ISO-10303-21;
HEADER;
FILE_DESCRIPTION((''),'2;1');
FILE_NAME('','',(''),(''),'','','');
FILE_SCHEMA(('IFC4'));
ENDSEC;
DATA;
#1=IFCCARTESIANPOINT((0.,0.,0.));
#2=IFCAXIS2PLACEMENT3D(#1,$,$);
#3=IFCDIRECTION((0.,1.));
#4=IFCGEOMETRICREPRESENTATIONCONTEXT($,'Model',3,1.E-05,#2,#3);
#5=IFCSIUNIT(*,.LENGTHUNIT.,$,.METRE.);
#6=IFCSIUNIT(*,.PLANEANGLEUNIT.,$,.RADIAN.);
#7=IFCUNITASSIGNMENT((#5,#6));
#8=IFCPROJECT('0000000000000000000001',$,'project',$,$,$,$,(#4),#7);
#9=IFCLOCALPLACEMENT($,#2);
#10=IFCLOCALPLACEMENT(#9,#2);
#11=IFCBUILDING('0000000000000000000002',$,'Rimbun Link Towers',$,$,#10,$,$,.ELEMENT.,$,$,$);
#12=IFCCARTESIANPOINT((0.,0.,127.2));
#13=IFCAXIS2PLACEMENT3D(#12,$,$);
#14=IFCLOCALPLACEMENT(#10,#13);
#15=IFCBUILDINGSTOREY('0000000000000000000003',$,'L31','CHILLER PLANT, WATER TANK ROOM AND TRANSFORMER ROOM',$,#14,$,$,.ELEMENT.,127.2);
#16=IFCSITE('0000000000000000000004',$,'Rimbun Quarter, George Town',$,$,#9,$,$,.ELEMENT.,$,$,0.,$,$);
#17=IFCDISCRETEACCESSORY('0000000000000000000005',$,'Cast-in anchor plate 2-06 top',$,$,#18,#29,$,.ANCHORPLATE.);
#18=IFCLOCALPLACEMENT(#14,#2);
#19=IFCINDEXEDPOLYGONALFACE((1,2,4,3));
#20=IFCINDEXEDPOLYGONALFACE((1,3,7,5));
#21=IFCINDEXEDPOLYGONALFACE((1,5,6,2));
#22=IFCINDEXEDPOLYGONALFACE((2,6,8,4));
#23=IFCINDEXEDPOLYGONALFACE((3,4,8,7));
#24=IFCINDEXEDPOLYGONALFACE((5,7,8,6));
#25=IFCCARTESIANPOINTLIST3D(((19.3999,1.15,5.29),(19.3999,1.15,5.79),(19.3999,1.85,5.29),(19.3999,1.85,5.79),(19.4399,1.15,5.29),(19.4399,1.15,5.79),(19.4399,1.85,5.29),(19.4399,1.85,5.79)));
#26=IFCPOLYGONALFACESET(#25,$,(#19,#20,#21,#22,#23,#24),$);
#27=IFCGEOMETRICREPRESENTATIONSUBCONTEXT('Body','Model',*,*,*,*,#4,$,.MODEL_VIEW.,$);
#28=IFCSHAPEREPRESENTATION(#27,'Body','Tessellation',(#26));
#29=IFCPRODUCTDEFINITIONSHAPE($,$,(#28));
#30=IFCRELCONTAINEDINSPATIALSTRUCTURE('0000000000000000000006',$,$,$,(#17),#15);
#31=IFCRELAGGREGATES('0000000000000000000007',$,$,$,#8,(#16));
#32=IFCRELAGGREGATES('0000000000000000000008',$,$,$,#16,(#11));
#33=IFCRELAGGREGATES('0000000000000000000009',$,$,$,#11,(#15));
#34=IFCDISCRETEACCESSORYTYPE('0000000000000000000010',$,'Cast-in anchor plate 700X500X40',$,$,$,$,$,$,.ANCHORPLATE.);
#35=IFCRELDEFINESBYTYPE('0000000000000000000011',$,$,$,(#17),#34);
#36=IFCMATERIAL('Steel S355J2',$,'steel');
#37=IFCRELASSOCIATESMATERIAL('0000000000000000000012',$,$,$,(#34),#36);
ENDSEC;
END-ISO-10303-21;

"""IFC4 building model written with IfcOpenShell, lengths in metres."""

from ifc_helpers import new_model, si_unit, direction, frame, origin, origin_2d, place, context, subcontext, project, spatial, rectangle, extrude, material, material_profile, profile_set, type_object, element, save


model = new_model("IFC4")

# Units and contexts
model_context = context("Model", 3, precision=1e-05, world=origin(), true_north=direction((0.0, 1.0)))
body_context = subcontext(model_context, "Body", "Model", "MODEL_VIEW")
ifc_project = project(units=[si_unit("LENGTHUNIT", "METRE"), si_unit("PLANEANGLEUNIT", "RADIAN")], contexts=[model_context])

# Site, building, storey
site_placement = place(None, origin())
site = spatial("IfcSite", under=ifc_project, at=site_placement, Name="Rimbun Quarter, George Town", CompositionType="ELEMENT", RefElevation=0.0)
building_placement = place(site_placement, origin())
building = spatial("IfcBuilding", under=site, at=building_placement, Name="Rimbun Link Towers", CompositionType="ELEMENT")
storey_placement = place(building_placement, frame((0.0, 0.0, 127.2)))
storey = spatial("IfcBuildingStorey", under=building, at=storey_placement, Name="L31", Description="CHILLER PLANT, WATER TANK ROOM AND TRANSFORMER ROOM", CompositionType="ELEMENT", Elevation=127.2)

# Discrete accessory
ifc_material_1 = material(Name="Steel S355J2", Category="steel")
ifc_material_profile_1 = material_profile(ifc_material_1, rectangle(XDim=0.7, YDim=0.5, at=origin_2d()), Name="PL 700x500")
ifc_profile_set_1 = profile_set([ifc_material_profile_1], Name="Steel S355J2")
discrete_accessory_type = type_object("IfcDiscreteAccessoryType", Name="Cast-in anchor plate 700X500X40", PredefinedType="ANCHORPLATE", material=ifc_profile_set_1)
for number, where, z_axis, x_axis, name in (
    (1, (19.4399, 1.5, 5.54), (-1.0, 0.0, 0.0), (0.0, -1.0, 0.0), "Cast-in anchor plate 2-06 top"),
):
    element("IfcDiscreteAccessory", number, at=place(storey_placement, frame(where, z_axis=z_axis, x_axis=x_axis)), inside=storey, type_object=discrete_accessory_type, Name=name, PredefinedType="ANCHORPLATE", context=body_context, shape_type="SweptSolid", body=[
        extrude(rectangle(XDim=0.7, YDim=0.5, at=origin_2d()), origin(), (0.0, 0.0, 1.0), 0.04),
    ])

save(model, "model.ifc")
